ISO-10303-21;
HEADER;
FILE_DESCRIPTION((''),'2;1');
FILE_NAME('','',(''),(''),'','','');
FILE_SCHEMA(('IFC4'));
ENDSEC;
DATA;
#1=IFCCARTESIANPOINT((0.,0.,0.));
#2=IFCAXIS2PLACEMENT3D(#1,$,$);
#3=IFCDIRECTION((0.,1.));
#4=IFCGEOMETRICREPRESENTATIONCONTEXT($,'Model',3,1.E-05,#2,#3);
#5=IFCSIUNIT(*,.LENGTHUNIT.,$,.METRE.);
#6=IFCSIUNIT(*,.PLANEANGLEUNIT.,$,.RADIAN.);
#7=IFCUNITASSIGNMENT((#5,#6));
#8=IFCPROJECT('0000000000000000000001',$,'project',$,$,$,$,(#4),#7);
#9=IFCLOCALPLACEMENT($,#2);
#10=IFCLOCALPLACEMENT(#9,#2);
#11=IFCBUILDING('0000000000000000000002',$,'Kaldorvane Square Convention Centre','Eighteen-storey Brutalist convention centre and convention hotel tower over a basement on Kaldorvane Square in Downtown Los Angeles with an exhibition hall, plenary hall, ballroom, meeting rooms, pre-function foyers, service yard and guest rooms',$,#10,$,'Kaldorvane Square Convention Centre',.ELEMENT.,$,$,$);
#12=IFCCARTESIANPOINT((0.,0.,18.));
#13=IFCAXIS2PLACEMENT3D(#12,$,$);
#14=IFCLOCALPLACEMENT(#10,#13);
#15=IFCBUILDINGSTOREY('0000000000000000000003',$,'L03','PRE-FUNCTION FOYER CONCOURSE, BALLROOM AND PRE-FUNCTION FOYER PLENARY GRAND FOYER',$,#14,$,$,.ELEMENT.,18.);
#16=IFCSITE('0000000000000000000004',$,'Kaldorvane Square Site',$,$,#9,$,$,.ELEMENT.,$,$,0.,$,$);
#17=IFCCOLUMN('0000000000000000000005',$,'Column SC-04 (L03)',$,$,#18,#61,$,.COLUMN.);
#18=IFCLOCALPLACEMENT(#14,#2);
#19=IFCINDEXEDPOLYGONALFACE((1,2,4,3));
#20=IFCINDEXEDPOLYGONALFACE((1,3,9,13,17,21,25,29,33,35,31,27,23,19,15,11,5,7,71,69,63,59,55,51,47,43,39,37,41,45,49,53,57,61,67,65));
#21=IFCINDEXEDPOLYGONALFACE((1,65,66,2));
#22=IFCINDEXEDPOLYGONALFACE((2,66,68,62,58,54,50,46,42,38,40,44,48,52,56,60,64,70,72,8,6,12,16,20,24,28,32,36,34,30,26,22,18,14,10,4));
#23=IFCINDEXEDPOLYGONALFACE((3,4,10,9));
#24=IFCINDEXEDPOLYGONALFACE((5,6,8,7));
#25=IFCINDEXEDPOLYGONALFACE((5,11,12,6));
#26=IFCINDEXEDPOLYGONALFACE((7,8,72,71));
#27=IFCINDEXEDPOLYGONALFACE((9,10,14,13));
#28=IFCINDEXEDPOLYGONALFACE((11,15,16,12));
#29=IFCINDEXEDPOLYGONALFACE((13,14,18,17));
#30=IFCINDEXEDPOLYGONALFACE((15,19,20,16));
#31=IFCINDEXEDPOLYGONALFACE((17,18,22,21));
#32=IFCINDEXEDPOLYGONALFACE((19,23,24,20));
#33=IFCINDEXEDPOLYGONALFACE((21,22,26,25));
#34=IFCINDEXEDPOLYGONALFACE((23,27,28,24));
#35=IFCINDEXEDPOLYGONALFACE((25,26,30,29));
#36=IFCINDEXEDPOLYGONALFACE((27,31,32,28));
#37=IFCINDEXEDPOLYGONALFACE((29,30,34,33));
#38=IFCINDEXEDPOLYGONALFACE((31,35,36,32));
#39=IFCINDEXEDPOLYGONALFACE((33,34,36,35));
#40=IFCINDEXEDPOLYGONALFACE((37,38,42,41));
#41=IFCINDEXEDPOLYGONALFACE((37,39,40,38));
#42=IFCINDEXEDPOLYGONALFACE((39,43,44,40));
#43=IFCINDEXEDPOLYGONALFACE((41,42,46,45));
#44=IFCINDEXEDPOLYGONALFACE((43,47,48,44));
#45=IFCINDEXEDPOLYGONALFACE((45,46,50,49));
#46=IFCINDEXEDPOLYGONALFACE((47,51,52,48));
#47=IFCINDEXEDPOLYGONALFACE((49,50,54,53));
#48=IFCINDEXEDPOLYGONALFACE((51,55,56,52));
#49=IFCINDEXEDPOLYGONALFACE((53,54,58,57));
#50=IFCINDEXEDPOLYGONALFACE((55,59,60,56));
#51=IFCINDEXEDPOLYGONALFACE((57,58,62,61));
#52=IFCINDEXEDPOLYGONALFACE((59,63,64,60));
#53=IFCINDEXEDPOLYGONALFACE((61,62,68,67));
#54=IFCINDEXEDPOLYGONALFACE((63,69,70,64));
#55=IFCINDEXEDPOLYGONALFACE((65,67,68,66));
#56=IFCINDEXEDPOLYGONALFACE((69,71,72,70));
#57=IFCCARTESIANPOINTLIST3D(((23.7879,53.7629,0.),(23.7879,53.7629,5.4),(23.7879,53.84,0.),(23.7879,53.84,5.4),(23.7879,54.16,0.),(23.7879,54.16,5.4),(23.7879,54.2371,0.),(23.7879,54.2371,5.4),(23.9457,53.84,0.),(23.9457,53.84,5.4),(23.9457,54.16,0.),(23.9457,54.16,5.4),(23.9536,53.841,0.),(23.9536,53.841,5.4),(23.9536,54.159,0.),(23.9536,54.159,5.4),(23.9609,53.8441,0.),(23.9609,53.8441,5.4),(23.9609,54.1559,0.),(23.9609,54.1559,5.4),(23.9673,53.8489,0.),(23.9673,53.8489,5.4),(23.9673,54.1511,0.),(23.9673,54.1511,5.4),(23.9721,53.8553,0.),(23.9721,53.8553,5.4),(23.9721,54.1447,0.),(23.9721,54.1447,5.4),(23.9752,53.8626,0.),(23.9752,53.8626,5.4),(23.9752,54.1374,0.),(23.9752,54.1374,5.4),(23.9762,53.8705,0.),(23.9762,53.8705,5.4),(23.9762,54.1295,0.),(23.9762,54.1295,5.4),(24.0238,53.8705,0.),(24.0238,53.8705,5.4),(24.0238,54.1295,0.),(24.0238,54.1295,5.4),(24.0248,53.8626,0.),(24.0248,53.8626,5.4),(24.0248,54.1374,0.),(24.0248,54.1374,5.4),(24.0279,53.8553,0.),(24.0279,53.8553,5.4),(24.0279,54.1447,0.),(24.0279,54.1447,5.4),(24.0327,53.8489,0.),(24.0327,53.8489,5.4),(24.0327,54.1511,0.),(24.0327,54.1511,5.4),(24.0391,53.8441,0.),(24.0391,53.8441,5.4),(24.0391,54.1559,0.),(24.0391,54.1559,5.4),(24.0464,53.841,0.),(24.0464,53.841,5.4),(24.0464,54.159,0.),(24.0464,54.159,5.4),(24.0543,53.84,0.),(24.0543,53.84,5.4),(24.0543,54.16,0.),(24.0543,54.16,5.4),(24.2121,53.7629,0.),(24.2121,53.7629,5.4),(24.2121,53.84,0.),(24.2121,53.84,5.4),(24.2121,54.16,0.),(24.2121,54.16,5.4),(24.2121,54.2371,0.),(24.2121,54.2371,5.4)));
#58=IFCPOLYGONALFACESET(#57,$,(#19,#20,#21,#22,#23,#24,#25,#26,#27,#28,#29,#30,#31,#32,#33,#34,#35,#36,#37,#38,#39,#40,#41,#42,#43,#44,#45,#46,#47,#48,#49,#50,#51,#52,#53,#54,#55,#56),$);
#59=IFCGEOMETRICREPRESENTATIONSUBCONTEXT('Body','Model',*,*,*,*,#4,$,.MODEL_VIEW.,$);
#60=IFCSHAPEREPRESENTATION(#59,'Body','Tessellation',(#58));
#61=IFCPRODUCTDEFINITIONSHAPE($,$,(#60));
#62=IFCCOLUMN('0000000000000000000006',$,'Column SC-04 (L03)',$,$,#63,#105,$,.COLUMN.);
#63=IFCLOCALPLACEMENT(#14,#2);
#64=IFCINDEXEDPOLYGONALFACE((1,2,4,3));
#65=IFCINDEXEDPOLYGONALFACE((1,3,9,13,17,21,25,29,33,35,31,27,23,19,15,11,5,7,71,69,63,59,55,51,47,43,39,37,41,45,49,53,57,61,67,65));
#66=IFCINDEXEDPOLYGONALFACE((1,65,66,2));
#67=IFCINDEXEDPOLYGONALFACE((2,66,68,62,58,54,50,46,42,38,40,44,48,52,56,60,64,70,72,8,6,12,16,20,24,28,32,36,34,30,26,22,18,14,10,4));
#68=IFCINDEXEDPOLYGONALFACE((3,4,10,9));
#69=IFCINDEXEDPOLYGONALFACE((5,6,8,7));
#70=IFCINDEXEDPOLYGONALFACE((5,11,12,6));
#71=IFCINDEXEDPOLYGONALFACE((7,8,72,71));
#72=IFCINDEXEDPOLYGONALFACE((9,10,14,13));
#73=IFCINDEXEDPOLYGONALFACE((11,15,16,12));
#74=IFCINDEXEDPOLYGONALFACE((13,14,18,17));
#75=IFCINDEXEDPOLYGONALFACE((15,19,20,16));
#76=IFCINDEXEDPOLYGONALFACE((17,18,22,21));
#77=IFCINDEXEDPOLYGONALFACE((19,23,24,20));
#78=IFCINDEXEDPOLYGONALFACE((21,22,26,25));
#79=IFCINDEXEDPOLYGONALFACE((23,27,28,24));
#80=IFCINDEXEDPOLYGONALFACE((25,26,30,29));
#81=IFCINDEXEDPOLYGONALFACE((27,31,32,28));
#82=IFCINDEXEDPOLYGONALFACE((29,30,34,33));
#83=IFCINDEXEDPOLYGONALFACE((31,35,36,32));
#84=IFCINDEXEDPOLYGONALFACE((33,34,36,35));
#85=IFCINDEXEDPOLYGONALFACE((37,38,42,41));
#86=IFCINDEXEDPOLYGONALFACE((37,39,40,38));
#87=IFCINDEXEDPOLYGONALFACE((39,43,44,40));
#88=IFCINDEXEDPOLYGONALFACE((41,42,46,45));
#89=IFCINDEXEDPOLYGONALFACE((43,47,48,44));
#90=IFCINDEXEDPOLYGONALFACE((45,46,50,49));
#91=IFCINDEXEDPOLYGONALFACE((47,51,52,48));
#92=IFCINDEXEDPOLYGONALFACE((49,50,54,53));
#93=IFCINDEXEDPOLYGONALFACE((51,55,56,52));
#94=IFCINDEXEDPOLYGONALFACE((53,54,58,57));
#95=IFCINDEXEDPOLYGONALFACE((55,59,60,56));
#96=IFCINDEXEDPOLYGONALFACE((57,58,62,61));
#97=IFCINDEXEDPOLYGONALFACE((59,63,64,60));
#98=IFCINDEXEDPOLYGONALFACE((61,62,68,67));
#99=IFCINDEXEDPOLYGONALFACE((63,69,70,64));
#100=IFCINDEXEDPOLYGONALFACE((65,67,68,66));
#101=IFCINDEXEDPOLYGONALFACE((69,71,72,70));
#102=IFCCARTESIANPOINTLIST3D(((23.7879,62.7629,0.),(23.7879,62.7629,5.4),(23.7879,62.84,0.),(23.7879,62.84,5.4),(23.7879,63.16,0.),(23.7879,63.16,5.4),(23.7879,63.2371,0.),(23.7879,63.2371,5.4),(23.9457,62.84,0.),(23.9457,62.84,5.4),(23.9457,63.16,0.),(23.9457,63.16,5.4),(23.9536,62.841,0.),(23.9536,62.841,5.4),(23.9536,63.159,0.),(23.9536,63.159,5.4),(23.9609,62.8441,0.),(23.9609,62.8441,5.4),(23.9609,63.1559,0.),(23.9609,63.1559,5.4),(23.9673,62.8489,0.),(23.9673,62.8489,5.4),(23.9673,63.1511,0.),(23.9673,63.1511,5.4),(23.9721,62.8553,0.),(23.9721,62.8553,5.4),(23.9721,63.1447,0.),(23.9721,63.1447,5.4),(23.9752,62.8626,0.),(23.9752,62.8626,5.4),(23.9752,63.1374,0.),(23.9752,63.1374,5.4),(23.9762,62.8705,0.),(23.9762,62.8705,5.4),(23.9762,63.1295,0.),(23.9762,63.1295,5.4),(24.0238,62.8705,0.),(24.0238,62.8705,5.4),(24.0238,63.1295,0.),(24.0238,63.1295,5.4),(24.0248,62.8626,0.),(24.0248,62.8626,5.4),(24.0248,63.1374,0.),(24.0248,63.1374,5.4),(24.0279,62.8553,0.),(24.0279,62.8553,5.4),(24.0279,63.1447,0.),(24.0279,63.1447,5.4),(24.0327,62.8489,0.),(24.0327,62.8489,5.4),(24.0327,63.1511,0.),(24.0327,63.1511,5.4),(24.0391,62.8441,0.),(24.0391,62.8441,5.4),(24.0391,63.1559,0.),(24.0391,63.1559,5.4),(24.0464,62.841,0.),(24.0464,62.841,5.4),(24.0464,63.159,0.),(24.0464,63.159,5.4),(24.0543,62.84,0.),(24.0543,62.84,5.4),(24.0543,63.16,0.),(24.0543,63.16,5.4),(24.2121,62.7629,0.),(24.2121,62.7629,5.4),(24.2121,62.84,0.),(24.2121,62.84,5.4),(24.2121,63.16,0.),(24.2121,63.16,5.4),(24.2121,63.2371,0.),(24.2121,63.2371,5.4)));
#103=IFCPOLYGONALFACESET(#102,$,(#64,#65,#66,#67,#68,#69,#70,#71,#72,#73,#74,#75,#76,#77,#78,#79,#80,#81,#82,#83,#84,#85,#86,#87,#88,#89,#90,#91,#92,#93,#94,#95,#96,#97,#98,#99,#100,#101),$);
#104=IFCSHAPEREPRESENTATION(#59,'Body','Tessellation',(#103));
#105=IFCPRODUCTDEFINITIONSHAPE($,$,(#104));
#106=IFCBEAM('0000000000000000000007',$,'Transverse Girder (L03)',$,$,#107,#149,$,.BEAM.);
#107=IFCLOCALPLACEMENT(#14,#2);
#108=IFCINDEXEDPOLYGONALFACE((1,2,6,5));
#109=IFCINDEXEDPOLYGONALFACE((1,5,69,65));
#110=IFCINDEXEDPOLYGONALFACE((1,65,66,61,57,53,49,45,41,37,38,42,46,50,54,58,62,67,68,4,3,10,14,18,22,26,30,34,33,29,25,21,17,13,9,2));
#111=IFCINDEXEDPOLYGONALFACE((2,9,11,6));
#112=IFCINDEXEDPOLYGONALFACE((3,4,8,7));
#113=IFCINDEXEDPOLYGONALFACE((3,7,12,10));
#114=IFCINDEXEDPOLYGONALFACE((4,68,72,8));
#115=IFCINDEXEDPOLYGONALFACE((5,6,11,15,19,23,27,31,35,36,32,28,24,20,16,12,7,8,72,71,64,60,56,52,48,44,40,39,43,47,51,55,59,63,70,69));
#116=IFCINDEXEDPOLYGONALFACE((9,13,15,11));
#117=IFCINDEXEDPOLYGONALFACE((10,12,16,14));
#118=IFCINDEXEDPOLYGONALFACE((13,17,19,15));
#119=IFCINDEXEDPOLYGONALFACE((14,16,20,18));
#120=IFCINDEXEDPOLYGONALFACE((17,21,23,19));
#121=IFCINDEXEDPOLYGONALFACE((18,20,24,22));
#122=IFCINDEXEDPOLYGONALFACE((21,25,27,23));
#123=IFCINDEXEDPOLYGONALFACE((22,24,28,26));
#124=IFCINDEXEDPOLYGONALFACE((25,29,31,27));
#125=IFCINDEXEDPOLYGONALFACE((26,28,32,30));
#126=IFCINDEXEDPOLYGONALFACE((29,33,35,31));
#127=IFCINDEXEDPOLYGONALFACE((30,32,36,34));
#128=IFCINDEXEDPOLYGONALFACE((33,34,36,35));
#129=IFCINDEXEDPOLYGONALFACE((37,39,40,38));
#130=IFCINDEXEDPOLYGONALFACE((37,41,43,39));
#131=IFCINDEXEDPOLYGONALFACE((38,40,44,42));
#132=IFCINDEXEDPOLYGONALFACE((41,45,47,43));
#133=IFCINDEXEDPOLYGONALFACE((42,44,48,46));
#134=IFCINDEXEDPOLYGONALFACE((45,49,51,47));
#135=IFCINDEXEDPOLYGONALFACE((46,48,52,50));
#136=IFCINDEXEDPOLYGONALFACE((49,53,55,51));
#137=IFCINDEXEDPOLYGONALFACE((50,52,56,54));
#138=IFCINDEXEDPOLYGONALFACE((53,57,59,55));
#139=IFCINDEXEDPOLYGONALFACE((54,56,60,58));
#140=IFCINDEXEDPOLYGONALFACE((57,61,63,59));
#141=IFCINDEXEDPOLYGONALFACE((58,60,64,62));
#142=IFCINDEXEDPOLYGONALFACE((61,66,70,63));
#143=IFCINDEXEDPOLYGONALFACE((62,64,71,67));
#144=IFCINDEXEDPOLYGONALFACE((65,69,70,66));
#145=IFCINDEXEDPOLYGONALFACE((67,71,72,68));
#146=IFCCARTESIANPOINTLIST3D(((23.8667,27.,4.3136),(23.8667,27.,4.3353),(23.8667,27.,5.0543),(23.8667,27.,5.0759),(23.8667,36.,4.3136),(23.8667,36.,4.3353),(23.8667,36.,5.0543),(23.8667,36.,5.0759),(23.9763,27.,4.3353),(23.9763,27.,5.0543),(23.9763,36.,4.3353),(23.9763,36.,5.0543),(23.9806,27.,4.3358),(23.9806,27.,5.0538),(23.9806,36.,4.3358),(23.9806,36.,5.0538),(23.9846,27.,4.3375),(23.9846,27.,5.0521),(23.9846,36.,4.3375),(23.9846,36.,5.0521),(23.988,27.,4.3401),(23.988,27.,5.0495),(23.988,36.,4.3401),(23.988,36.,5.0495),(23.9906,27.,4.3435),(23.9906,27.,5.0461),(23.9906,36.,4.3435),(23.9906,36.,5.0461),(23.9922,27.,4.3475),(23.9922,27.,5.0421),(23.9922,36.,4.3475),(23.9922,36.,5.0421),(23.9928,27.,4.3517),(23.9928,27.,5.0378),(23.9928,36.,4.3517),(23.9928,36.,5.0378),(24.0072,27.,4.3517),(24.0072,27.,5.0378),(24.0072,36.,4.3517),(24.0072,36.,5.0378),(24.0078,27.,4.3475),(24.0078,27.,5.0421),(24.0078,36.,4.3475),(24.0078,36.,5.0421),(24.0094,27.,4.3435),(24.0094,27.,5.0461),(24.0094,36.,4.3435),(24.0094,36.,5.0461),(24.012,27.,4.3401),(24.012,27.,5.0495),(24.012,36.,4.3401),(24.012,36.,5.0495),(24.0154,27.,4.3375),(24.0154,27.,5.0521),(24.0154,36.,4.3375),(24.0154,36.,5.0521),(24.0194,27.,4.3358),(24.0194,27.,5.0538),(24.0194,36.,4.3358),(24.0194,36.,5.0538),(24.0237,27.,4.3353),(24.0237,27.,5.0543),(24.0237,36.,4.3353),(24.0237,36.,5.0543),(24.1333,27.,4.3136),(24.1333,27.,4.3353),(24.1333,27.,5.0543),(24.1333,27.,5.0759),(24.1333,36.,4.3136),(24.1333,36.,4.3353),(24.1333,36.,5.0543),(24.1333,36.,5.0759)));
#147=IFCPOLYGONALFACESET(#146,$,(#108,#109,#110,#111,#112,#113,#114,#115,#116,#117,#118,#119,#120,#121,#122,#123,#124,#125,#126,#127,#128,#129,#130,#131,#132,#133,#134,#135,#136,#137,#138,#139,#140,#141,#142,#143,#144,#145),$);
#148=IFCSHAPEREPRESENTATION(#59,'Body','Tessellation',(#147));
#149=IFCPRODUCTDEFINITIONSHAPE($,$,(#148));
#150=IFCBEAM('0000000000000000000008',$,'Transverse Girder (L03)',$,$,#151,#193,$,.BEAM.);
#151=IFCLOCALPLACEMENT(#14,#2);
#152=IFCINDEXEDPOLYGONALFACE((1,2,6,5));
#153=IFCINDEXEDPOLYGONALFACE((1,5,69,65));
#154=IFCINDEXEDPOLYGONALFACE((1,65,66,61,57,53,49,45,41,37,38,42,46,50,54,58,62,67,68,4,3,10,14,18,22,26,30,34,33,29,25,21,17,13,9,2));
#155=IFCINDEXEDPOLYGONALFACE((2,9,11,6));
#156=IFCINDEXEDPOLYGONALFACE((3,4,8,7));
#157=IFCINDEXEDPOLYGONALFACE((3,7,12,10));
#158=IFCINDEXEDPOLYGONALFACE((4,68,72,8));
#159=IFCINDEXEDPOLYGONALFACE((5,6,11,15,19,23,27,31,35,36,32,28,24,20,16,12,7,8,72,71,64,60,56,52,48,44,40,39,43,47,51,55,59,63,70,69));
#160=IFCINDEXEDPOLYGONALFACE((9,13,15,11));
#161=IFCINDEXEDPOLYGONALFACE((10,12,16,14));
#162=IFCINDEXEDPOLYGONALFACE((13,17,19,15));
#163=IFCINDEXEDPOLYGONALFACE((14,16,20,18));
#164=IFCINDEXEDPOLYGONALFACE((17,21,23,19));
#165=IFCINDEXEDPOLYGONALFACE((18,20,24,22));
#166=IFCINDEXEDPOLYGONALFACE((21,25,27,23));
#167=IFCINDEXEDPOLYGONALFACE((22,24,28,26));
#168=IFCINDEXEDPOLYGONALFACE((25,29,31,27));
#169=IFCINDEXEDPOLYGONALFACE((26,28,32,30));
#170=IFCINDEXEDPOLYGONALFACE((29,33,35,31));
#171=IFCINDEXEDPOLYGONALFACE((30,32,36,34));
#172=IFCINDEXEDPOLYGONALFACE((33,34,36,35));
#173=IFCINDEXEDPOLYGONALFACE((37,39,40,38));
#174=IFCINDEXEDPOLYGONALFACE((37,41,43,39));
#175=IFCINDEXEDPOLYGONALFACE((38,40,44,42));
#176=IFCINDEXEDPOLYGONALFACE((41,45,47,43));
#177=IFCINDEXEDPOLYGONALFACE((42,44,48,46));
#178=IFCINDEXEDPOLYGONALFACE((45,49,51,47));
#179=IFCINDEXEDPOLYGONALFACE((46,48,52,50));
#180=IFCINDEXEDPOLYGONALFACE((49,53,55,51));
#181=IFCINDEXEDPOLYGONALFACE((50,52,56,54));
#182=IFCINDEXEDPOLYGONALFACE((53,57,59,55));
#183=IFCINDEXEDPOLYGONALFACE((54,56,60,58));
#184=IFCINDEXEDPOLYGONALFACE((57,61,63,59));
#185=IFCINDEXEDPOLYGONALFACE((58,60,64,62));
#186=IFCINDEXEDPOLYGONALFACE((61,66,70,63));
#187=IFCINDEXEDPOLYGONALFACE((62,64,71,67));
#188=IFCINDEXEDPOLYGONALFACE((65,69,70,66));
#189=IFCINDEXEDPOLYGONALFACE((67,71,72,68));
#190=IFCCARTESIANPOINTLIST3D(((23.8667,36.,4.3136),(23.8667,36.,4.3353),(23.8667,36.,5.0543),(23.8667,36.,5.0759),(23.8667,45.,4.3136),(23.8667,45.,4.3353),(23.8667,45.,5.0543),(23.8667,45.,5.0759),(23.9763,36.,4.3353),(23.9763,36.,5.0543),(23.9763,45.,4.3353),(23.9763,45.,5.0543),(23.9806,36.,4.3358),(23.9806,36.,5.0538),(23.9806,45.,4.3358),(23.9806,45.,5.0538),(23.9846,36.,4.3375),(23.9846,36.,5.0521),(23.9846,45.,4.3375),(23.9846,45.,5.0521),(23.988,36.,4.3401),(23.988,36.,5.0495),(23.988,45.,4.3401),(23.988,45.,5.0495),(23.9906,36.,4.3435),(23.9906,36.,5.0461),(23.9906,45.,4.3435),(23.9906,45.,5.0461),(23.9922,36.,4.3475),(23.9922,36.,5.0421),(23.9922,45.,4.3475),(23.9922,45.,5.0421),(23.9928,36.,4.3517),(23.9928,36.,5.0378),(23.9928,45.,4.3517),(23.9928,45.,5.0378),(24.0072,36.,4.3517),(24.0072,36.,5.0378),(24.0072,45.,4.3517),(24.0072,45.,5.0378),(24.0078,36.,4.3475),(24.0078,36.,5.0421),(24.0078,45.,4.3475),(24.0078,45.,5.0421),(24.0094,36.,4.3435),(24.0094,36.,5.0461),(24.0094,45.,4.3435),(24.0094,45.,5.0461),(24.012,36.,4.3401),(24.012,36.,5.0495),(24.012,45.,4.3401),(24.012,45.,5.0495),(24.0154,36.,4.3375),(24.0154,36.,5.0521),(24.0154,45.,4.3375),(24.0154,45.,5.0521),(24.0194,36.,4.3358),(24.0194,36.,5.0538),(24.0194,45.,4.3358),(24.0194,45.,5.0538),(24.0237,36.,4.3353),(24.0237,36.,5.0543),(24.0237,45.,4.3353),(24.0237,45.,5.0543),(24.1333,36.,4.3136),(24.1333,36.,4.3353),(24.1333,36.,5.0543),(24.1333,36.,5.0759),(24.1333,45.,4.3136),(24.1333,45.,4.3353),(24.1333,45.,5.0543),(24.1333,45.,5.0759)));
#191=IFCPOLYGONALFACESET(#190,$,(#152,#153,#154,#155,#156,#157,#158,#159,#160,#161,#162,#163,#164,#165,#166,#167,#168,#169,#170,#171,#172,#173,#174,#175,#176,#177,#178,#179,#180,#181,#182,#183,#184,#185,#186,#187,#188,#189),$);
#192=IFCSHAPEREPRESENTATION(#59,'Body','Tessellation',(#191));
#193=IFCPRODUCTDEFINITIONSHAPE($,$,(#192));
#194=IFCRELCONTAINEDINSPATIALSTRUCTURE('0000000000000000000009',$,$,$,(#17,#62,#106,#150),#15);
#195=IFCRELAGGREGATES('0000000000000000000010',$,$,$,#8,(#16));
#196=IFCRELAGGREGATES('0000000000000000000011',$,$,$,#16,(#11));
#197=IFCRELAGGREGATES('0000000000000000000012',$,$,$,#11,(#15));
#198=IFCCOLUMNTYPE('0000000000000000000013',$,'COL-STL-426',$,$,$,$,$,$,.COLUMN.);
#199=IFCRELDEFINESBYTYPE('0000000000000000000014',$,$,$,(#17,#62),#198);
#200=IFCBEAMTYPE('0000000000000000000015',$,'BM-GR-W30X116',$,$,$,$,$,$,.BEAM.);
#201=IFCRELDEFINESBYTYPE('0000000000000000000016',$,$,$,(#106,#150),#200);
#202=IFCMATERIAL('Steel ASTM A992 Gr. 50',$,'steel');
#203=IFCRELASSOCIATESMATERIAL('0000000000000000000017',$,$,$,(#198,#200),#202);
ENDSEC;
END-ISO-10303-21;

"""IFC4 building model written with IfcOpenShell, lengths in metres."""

from ifc_helpers import new_model, si_unit, direction, frame, origin, origin_2d, place, context, subcontext, project, spatial, i_section, extrude, material, material_profile, profile_set, type_object, element, save


model = new_model("IFC4")

# Units and contexts
model_context = context("Model", 3, precision=1e-05, world=origin(), true_north=direction((0.0, 1.0)))
body_context = subcontext(model_context, "Body", "Model", "MODEL_VIEW")
ifc_project = project(units=[si_unit("LENGTHUNIT", "METRE"), si_unit("PLANEANGLEUNIT", "RADIAN")], contexts=[model_context])

# Site, building, storey
site_placement = place(None, origin())
site = spatial("IfcSite", under=ifc_project, at=site_placement, Name="Kaldorvane Square Site", CompositionType="ELEMENT", RefElevation=0.0)
building_placement = place(site_placement, origin())
building = spatial("IfcBuilding", under=site, at=building_placement, Name="Kaldorvane Square Convention Centre", Description="Eighteen-storey Brutalist convention centre and convention hotel tower over a basement on Kaldorvane Square in Downtown Los Angeles with an exhibition hall, plenary hall, ballroom, meeting rooms, pre-function foyers, service yard and guest rooms", LongName="Kaldorvane Square Convention Centre", CompositionType="ELEMENT")
storey_placement = place(building_placement, frame((0.0, 0.0, 18.0)))
storey = spatial("IfcBuildingStorey", under=building, at=storey_placement, Name="L03", Description="PRE-FUNCTION FOYER CONCOURSE, BALLROOM AND PRE-FUNCTION FOYER PLENARY GRAND FOYER", CompositionType="ELEMENT", Elevation=18.0)

# Columns
ifc_material_1 = material(Name="Steel ASTM A992 Gr. 50", Category="steel")
ifc_material_profile_1 = material_profile(ifc_material_1, i_section(OverallWidth=0.4241, OverallDepth=0.4742, WebThickness=0.0476, FlangeThickness=0.0771, FilletRadius=0.0305, at=origin_2d()), Name="W14X426")
ifc_profile_set_1 = profile_set([ifc_material_profile_1], Name="Steel ASTM A992 Gr. 50")
column_type_1 = type_object("IfcColumnType", Name="COL-STL-426", PredefinedType="COLUMN", material=ifc_profile_set_1)
for number, where, z_axis, x_axis, name in (
    (1, (24.0, 54.0, 0.0), (0.0, 0.0, 1.0), (1.0, 0.0, 0.0), "Column SC-04 (L03)"),
    (2, (24.0, 63.0, 0.0), (0.0, 0.0, 1.0), (1.0, 0.0, 0.0), "Column SC-04 (L03)"),
):
    element("IfcColumn", number, at=place(storey_placement, frame(where, z_axis=z_axis, x_axis=x_axis)), inside=storey, type_object=column_type_1, Name=name, PredefinedType="COLUMN", context=body_context, shape_type="SweptSolid", body=[
        extrude(i_section(OverallWidth=0.4241, OverallDepth=0.4742, WebThickness=0.0476, FlangeThickness=0.0771, FilletRadius=0.0305, at=origin_2d()), origin(), (0.0, 0.0, 1.0), 5.4),
    ])

# Beams
ifc_material_profile_2 = material_profile(ifc_material_1, i_section(OverallWidth=0.2666, OverallDepth=0.7623, WebThickness=0.0144, FlangeThickness=0.0216, FilletRadius=0.0165, at=origin_2d()), Name="W30X116")
ifc_profile_set_2 = profile_set([ifc_material_profile_2], Name="Steel ASTM A992 Gr. 50")
beam_type_1 = type_object("IfcBeamType", Name="BM-GR-W30X116", PredefinedType="BEAM", material=ifc_profile_set_2)
for number, where, z_axis, x_axis, name in (
    (3, (24.0, 27.0, 4.6948), (0.0, 1.0, 0.0), (-1.0, 0.0, 0.0), "Transverse Girder (L03)"),
    (4, (24.0, 36.0, 4.6948), (0.0, 1.0, 0.0), (-1.0, 0.0, 0.0), "Transverse Girder (L03)"),
):
    element("IfcBeam", number, at=place(storey_placement, frame(where, z_axis=z_axis, x_axis=x_axis)), inside=storey, type_object=beam_type_1, Name=name, PredefinedType="BEAM", context=body_context, shape_type="SweptSolid", body=[
        extrude(i_section(OverallWidth=0.2666, OverallDepth=0.7623, WebThickness=0.0144, FlangeThickness=0.0216, FilletRadius=0.0165, at=origin_2d()), origin(), (0.0, 0.0, 1.0), 9.0),
    ])

save(model, "model.ifc")
